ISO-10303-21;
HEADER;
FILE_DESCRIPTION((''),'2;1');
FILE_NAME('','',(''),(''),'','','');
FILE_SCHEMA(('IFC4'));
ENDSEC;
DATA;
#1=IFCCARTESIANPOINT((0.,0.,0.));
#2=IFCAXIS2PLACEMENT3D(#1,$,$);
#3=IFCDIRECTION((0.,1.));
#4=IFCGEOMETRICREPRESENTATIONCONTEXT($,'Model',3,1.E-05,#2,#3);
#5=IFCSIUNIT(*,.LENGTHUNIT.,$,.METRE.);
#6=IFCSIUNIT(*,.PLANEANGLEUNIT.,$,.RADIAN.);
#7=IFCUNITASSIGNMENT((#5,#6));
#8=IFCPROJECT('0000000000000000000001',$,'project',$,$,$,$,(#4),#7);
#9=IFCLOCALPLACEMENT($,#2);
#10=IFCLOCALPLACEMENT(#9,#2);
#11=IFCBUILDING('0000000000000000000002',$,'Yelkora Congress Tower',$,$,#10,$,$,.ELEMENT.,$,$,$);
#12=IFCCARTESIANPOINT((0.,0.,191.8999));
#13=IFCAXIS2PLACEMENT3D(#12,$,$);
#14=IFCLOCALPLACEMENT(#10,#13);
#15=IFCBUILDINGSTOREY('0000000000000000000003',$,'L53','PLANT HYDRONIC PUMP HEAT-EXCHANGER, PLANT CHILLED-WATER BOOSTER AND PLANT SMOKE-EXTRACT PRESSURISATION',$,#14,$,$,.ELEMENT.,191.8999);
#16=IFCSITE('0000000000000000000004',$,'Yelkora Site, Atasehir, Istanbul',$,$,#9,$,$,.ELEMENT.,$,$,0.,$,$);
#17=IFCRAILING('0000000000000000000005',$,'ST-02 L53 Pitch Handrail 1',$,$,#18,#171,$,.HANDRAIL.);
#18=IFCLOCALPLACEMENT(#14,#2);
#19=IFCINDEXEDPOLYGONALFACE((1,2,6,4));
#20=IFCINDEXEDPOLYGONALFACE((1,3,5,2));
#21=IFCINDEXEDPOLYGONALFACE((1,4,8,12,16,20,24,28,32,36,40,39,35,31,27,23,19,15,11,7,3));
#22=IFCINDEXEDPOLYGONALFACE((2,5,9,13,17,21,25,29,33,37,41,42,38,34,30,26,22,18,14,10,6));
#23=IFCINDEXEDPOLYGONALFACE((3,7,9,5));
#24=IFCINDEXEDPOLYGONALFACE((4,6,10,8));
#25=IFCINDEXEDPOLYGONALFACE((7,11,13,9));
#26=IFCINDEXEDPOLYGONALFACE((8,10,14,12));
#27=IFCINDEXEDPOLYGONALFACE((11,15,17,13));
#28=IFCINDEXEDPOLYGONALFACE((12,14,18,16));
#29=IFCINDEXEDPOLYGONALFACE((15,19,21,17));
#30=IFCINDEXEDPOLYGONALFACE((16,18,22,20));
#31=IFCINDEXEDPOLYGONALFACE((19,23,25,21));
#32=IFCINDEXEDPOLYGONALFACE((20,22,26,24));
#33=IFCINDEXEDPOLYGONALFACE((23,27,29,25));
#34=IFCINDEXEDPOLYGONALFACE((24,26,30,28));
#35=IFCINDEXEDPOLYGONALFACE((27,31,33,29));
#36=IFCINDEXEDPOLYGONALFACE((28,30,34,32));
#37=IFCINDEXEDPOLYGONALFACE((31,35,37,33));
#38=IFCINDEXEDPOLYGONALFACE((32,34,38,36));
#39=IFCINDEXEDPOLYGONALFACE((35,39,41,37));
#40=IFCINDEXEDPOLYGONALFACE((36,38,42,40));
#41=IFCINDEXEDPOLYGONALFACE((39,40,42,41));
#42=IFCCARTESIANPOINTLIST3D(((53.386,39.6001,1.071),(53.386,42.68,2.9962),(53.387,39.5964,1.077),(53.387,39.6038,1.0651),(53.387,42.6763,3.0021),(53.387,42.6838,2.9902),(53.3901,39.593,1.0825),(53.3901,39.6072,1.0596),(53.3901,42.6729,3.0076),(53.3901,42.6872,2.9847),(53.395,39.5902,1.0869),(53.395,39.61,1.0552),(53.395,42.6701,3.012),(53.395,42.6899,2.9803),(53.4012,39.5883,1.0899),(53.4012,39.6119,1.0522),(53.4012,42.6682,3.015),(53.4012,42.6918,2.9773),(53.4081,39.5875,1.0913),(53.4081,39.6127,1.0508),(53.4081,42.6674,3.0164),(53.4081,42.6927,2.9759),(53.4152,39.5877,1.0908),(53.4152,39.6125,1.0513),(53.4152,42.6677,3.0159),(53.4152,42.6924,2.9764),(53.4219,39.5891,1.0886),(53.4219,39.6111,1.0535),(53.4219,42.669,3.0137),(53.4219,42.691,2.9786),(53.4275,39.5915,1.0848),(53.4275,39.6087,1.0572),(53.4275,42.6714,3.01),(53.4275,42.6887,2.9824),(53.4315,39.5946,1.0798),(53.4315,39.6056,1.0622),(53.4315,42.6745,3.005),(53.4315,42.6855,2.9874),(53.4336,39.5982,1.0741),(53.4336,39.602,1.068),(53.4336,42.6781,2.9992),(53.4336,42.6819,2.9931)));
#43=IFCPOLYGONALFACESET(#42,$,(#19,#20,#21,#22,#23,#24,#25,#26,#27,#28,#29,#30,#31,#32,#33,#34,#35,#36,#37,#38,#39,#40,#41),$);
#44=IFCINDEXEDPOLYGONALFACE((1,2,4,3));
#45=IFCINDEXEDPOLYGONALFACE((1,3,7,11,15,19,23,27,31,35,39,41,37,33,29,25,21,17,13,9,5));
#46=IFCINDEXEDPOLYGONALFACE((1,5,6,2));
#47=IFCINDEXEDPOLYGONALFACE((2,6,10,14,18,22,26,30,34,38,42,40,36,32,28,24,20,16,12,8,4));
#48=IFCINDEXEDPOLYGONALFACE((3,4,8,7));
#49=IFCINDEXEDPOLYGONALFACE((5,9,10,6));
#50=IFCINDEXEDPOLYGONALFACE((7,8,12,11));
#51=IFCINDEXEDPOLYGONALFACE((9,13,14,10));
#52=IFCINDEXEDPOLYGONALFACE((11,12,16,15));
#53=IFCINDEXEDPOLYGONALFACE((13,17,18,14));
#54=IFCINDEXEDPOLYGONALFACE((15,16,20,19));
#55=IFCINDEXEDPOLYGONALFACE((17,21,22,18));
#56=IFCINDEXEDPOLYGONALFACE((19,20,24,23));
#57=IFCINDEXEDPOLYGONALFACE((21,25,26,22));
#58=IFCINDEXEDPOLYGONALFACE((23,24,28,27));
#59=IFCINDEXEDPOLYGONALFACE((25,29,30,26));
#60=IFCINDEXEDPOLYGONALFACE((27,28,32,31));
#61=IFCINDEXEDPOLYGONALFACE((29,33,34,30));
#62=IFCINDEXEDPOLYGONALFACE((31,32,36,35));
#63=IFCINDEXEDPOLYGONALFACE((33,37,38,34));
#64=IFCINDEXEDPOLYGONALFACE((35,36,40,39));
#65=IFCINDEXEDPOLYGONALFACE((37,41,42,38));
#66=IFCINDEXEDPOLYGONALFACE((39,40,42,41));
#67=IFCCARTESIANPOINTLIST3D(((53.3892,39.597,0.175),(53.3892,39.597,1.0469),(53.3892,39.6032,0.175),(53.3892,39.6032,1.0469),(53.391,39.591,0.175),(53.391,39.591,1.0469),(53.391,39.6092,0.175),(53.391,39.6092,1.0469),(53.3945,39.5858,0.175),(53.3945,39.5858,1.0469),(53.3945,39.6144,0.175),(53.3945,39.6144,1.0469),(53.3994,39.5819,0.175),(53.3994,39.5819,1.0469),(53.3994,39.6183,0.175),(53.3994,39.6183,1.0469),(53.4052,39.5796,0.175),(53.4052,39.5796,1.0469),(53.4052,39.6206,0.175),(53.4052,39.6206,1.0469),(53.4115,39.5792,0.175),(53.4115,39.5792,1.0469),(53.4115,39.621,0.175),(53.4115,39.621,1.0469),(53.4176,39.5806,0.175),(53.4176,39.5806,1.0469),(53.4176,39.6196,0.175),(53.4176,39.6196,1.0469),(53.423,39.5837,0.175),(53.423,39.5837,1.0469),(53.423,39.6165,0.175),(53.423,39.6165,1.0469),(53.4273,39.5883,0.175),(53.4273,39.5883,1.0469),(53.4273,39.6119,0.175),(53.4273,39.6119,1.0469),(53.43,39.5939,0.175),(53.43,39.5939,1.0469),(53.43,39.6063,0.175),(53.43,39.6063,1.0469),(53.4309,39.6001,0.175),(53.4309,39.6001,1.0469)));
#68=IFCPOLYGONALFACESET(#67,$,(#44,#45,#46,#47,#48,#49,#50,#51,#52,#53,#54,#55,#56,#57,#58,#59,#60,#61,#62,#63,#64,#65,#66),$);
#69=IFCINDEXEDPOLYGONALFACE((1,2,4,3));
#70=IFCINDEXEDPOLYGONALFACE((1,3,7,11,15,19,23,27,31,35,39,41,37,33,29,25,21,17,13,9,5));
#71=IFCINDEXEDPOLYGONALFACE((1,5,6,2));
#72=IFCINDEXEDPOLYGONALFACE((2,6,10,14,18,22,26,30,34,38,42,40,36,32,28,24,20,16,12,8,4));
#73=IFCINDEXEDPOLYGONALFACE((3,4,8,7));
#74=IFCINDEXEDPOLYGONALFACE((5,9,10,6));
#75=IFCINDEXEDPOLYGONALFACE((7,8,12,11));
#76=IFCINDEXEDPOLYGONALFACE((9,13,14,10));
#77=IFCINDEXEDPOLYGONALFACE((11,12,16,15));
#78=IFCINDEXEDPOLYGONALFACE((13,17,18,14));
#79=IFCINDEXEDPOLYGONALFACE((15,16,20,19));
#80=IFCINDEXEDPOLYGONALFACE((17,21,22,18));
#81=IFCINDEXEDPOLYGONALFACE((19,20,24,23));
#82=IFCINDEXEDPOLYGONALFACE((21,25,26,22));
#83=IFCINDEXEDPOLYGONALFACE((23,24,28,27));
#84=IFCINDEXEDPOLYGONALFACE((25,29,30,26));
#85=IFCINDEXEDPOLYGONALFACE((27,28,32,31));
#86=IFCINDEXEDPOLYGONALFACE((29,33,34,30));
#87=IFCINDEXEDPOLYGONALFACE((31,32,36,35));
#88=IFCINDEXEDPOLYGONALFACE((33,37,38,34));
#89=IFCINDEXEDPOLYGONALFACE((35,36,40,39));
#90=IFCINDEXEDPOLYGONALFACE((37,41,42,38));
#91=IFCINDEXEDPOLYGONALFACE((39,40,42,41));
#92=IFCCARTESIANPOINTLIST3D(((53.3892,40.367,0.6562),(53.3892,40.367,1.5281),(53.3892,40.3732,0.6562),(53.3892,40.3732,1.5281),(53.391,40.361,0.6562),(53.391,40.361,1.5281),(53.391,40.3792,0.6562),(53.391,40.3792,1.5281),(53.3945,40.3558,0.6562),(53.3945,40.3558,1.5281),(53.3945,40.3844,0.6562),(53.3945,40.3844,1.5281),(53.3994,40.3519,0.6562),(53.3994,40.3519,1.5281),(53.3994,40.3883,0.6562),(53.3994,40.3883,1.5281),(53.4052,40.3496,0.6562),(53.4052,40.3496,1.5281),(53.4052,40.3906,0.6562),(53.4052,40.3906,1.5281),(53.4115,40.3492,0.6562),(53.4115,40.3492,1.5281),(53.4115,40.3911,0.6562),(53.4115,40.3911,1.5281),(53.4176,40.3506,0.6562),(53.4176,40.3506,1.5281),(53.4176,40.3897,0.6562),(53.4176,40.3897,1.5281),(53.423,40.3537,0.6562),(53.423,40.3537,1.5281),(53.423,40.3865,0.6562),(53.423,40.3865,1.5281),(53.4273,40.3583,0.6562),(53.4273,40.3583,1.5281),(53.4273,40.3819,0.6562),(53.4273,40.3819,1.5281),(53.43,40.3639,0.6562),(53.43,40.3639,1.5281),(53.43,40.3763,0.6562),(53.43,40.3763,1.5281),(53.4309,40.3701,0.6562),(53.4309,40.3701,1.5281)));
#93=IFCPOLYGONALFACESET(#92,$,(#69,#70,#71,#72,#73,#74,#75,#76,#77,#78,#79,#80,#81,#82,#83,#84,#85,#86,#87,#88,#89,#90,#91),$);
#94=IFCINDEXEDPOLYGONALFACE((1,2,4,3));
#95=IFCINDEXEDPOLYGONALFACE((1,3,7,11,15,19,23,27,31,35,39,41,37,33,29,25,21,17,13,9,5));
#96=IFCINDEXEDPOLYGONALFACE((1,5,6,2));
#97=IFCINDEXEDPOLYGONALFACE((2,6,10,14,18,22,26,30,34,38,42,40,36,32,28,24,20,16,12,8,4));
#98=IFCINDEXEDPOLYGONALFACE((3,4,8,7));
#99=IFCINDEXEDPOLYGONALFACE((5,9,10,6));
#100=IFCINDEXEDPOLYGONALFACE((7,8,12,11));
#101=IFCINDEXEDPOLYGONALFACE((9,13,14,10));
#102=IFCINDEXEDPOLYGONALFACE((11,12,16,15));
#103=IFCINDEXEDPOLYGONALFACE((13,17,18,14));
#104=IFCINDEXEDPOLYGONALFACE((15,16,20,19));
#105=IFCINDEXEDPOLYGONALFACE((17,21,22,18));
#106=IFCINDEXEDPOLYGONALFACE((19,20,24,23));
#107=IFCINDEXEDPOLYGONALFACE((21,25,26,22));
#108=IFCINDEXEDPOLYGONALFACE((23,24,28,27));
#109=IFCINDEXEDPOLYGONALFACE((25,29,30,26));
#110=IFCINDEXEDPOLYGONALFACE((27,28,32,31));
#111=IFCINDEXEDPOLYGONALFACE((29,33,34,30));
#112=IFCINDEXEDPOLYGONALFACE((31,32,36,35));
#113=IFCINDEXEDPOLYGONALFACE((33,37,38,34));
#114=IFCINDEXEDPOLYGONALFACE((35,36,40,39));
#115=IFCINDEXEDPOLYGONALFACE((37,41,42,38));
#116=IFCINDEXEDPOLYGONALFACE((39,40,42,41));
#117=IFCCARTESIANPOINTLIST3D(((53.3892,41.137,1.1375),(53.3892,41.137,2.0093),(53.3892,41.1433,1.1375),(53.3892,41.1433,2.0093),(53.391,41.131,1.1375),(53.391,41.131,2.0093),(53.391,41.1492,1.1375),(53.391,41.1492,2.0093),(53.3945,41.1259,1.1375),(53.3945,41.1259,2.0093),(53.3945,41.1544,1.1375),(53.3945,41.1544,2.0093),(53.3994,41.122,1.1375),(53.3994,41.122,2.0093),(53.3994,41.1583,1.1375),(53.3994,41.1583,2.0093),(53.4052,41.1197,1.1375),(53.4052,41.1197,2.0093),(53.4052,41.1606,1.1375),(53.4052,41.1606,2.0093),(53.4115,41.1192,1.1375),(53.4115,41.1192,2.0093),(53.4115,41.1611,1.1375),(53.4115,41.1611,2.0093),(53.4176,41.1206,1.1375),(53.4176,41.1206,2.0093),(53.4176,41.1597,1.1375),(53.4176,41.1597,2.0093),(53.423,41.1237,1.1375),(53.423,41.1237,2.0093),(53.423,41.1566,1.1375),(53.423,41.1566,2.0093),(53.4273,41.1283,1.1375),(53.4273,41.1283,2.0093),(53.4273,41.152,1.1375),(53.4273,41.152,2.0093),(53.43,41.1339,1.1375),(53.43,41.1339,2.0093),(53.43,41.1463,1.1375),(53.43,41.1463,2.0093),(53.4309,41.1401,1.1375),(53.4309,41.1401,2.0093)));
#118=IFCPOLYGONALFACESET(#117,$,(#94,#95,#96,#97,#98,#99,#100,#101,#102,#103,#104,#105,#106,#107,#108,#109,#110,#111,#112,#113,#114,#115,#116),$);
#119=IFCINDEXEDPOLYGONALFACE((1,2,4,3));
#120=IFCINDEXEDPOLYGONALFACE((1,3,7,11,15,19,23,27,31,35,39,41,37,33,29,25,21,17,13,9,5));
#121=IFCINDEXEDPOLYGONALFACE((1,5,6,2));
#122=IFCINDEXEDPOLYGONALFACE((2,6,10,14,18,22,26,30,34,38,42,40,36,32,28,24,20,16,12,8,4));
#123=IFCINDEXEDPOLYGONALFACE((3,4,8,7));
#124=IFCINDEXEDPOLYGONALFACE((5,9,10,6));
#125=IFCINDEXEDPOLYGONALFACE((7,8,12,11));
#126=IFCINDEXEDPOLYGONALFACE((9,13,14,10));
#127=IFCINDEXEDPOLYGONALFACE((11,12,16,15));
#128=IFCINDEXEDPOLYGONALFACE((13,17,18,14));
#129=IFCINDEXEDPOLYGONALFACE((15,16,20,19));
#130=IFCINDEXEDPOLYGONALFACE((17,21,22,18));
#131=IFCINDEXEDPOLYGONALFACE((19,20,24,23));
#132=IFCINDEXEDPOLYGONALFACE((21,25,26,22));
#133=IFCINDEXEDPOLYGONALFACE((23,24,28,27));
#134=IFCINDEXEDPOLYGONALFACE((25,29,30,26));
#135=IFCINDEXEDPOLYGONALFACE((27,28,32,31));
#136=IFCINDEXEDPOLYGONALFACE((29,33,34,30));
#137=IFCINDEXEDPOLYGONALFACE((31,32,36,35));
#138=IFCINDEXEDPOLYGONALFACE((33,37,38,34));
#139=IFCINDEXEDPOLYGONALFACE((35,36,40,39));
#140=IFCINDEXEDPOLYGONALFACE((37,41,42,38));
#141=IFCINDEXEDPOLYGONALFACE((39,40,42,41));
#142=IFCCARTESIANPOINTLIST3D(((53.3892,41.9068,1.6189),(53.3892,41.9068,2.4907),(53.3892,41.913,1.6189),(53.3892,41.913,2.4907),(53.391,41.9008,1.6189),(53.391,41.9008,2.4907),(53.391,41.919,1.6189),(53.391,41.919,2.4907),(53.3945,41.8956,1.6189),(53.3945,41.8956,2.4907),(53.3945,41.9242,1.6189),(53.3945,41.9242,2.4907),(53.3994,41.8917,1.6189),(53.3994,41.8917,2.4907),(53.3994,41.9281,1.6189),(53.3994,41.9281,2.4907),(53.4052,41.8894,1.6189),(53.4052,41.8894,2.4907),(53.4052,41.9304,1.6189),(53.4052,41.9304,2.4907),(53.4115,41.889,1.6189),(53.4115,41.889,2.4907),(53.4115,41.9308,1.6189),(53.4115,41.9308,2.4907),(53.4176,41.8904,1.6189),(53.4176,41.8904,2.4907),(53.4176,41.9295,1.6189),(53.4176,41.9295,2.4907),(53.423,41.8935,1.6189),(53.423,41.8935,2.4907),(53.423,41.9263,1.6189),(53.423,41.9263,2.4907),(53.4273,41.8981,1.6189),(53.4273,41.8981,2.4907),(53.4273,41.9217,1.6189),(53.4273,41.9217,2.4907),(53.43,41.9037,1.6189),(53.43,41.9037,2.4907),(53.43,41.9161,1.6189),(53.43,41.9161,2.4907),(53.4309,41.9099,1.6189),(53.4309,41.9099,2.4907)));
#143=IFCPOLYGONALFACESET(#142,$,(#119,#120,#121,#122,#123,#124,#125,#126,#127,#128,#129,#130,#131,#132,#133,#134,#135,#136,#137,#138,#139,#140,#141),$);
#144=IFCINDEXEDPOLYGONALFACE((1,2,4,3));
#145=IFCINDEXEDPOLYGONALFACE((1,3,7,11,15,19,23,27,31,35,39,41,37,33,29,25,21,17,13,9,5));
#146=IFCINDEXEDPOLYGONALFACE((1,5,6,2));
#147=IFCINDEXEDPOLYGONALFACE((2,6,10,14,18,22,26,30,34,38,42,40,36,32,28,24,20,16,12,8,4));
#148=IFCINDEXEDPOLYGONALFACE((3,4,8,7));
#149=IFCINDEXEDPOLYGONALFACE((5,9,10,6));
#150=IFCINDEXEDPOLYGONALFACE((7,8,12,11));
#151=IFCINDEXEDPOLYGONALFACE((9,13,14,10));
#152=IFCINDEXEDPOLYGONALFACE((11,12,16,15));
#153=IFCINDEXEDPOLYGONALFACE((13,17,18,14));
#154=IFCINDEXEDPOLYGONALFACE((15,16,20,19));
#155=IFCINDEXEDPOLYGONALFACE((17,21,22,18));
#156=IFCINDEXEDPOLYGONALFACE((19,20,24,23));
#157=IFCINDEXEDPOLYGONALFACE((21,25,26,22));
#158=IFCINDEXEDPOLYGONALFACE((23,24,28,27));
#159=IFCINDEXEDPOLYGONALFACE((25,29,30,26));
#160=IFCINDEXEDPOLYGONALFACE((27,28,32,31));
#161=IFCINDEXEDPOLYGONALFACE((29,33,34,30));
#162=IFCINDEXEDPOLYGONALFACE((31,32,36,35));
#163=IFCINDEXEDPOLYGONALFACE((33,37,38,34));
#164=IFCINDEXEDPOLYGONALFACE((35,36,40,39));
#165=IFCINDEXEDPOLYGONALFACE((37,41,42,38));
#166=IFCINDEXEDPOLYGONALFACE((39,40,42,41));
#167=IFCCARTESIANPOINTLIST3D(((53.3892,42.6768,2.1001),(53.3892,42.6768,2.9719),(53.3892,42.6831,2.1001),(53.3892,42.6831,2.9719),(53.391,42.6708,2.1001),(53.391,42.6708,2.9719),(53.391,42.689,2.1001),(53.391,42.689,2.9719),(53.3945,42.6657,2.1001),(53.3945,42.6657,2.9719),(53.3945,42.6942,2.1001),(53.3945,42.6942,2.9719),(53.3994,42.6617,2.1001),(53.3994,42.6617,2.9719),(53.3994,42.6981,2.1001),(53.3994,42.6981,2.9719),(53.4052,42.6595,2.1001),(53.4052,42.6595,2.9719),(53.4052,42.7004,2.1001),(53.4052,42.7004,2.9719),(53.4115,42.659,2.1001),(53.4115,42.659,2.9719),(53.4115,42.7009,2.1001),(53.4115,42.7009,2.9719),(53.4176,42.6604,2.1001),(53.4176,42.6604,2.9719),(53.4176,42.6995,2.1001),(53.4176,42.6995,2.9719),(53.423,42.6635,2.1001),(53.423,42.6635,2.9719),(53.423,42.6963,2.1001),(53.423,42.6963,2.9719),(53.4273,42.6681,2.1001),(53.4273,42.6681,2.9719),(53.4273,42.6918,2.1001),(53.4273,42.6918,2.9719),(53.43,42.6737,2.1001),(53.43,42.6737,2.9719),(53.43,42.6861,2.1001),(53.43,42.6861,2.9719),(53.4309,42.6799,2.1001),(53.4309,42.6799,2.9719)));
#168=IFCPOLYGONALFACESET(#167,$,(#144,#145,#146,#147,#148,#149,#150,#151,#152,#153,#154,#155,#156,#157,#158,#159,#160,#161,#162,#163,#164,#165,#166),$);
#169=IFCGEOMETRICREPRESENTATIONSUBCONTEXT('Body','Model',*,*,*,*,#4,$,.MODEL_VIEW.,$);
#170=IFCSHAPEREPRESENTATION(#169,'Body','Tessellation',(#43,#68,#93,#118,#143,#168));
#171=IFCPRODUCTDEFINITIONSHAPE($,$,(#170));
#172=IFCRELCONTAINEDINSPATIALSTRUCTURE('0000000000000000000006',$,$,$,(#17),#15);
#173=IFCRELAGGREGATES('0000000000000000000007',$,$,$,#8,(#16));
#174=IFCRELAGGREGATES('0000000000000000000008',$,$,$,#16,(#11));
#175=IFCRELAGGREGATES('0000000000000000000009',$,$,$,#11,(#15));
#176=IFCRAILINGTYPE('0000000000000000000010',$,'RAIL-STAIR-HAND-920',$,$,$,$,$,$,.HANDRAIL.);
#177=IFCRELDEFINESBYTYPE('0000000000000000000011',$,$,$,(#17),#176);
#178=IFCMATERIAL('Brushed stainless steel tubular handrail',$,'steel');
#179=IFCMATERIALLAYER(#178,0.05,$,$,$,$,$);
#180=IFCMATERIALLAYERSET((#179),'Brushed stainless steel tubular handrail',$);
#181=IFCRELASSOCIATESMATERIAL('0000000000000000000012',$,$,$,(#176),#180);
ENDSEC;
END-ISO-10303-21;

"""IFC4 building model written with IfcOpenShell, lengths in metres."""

from ifc_helpers import new_model, si_unit, direction, frame, origin, origin_2d, place, context, subcontext, project, spatial, circle, extrude, material, layer, layer_set, type_object, element, save


model = new_model("IFC4")

# Units and contexts
model_context = context("Model", 3, precision=1e-05, world=origin(), true_north=direction((0.0, 1.0)))
body_context = subcontext(model_context, "Body", "Model", "MODEL_VIEW")
ifc_project = project(units=[si_unit("LENGTHUNIT", "METRE"), si_unit("PLANEANGLEUNIT", "RADIAN")], contexts=[model_context])

# Site, building, storey
site_placement = place(None, origin())
site = spatial("IfcSite", under=ifc_project, at=site_placement, Name="Yelkora Site, Atasehir, Istanbul", CompositionType="ELEMENT", RefElevation=0.0)
building_placement = place(site_placement, origin())
building = spatial("IfcBuilding", under=site, at=building_placement, Name="Yelkora Congress Tower", CompositionType="ELEMENT")
storey_placement = place(building_placement, frame((0.0, 0.0, 191.8999)))
storey = spatial("IfcBuildingStorey", under=building, at=storey_placement, Name="L53", Description="PLANT HYDRONIC PUMP HEAT-EXCHANGER, PLANT CHILLED-WATER BOOSTER AND PLANT SMOKE-EXTRACT PRESSURISATION", CompositionType="ELEMENT", Elevation=191.8999)

# Railing
ifc_material_1 = material(Name="Brushed stainless steel tubular handrail", Category="steel")
ifc_layer_1 = layer(ifc_material_1, 0.05)
ifc_layer_set_1 = layer_set([ifc_layer_1], Name="Brushed stainless steel tubular handrail")
railing_type_1 = type_object("IfcRailingType", Name="RAIL-STAIR-HAND-920", PredefinedType="HANDRAIL", material=ifc_layer_set_1)
railing_1_placement = place(storey_placement, frame((53.4099, 39.6001, 0.175)))
element("IfcRailing", 1, at=railing_1_placement, inside=storey, type_object=railing_type_1, Name="ST-02 L53 Pitch Handrail 1", PredefinedType="HANDRAIL", context=body_context, shape_type="SweptSolid", body=[
    extrude(circle(Radius=0.0239, at=origin_2d()), frame((0.0, 0.0, 0.896), z_axis=(0.0, 0.847979, 0.530029), x_axis=(-1.0, 0.0, 0.0)), (0.0, 0.0, 1.0), 3.6321),
    extrude(circle(Radius=0.021, at=origin_2d()), origin(), (0.0, 0.0, 1.0), 0.8718),
    extrude(circle(Radius=0.021, at=origin_2d()), frame((0.0, 0.77, 0.4812)), (0.0, 0.0, 1.0), 0.8718),
    extrude(circle(Radius=0.021, at=origin_2d()), frame((0.0, 1.54, 0.9624)), (0.0, 0.0, 1.0), 0.8718),
    extrude(circle(Radius=0.021, at=origin_2d()), frame((0.0, 2.3098, 1.4438)), (0.0, 0.0, 1.0), 0.8718),
    extrude(circle(Radius=0.021, at=origin_2d()), frame((0.0, 3.0798, 1.925)), (0.0, 0.0, 1.0), 0.8718),
])

save(model, "model.ifc")
